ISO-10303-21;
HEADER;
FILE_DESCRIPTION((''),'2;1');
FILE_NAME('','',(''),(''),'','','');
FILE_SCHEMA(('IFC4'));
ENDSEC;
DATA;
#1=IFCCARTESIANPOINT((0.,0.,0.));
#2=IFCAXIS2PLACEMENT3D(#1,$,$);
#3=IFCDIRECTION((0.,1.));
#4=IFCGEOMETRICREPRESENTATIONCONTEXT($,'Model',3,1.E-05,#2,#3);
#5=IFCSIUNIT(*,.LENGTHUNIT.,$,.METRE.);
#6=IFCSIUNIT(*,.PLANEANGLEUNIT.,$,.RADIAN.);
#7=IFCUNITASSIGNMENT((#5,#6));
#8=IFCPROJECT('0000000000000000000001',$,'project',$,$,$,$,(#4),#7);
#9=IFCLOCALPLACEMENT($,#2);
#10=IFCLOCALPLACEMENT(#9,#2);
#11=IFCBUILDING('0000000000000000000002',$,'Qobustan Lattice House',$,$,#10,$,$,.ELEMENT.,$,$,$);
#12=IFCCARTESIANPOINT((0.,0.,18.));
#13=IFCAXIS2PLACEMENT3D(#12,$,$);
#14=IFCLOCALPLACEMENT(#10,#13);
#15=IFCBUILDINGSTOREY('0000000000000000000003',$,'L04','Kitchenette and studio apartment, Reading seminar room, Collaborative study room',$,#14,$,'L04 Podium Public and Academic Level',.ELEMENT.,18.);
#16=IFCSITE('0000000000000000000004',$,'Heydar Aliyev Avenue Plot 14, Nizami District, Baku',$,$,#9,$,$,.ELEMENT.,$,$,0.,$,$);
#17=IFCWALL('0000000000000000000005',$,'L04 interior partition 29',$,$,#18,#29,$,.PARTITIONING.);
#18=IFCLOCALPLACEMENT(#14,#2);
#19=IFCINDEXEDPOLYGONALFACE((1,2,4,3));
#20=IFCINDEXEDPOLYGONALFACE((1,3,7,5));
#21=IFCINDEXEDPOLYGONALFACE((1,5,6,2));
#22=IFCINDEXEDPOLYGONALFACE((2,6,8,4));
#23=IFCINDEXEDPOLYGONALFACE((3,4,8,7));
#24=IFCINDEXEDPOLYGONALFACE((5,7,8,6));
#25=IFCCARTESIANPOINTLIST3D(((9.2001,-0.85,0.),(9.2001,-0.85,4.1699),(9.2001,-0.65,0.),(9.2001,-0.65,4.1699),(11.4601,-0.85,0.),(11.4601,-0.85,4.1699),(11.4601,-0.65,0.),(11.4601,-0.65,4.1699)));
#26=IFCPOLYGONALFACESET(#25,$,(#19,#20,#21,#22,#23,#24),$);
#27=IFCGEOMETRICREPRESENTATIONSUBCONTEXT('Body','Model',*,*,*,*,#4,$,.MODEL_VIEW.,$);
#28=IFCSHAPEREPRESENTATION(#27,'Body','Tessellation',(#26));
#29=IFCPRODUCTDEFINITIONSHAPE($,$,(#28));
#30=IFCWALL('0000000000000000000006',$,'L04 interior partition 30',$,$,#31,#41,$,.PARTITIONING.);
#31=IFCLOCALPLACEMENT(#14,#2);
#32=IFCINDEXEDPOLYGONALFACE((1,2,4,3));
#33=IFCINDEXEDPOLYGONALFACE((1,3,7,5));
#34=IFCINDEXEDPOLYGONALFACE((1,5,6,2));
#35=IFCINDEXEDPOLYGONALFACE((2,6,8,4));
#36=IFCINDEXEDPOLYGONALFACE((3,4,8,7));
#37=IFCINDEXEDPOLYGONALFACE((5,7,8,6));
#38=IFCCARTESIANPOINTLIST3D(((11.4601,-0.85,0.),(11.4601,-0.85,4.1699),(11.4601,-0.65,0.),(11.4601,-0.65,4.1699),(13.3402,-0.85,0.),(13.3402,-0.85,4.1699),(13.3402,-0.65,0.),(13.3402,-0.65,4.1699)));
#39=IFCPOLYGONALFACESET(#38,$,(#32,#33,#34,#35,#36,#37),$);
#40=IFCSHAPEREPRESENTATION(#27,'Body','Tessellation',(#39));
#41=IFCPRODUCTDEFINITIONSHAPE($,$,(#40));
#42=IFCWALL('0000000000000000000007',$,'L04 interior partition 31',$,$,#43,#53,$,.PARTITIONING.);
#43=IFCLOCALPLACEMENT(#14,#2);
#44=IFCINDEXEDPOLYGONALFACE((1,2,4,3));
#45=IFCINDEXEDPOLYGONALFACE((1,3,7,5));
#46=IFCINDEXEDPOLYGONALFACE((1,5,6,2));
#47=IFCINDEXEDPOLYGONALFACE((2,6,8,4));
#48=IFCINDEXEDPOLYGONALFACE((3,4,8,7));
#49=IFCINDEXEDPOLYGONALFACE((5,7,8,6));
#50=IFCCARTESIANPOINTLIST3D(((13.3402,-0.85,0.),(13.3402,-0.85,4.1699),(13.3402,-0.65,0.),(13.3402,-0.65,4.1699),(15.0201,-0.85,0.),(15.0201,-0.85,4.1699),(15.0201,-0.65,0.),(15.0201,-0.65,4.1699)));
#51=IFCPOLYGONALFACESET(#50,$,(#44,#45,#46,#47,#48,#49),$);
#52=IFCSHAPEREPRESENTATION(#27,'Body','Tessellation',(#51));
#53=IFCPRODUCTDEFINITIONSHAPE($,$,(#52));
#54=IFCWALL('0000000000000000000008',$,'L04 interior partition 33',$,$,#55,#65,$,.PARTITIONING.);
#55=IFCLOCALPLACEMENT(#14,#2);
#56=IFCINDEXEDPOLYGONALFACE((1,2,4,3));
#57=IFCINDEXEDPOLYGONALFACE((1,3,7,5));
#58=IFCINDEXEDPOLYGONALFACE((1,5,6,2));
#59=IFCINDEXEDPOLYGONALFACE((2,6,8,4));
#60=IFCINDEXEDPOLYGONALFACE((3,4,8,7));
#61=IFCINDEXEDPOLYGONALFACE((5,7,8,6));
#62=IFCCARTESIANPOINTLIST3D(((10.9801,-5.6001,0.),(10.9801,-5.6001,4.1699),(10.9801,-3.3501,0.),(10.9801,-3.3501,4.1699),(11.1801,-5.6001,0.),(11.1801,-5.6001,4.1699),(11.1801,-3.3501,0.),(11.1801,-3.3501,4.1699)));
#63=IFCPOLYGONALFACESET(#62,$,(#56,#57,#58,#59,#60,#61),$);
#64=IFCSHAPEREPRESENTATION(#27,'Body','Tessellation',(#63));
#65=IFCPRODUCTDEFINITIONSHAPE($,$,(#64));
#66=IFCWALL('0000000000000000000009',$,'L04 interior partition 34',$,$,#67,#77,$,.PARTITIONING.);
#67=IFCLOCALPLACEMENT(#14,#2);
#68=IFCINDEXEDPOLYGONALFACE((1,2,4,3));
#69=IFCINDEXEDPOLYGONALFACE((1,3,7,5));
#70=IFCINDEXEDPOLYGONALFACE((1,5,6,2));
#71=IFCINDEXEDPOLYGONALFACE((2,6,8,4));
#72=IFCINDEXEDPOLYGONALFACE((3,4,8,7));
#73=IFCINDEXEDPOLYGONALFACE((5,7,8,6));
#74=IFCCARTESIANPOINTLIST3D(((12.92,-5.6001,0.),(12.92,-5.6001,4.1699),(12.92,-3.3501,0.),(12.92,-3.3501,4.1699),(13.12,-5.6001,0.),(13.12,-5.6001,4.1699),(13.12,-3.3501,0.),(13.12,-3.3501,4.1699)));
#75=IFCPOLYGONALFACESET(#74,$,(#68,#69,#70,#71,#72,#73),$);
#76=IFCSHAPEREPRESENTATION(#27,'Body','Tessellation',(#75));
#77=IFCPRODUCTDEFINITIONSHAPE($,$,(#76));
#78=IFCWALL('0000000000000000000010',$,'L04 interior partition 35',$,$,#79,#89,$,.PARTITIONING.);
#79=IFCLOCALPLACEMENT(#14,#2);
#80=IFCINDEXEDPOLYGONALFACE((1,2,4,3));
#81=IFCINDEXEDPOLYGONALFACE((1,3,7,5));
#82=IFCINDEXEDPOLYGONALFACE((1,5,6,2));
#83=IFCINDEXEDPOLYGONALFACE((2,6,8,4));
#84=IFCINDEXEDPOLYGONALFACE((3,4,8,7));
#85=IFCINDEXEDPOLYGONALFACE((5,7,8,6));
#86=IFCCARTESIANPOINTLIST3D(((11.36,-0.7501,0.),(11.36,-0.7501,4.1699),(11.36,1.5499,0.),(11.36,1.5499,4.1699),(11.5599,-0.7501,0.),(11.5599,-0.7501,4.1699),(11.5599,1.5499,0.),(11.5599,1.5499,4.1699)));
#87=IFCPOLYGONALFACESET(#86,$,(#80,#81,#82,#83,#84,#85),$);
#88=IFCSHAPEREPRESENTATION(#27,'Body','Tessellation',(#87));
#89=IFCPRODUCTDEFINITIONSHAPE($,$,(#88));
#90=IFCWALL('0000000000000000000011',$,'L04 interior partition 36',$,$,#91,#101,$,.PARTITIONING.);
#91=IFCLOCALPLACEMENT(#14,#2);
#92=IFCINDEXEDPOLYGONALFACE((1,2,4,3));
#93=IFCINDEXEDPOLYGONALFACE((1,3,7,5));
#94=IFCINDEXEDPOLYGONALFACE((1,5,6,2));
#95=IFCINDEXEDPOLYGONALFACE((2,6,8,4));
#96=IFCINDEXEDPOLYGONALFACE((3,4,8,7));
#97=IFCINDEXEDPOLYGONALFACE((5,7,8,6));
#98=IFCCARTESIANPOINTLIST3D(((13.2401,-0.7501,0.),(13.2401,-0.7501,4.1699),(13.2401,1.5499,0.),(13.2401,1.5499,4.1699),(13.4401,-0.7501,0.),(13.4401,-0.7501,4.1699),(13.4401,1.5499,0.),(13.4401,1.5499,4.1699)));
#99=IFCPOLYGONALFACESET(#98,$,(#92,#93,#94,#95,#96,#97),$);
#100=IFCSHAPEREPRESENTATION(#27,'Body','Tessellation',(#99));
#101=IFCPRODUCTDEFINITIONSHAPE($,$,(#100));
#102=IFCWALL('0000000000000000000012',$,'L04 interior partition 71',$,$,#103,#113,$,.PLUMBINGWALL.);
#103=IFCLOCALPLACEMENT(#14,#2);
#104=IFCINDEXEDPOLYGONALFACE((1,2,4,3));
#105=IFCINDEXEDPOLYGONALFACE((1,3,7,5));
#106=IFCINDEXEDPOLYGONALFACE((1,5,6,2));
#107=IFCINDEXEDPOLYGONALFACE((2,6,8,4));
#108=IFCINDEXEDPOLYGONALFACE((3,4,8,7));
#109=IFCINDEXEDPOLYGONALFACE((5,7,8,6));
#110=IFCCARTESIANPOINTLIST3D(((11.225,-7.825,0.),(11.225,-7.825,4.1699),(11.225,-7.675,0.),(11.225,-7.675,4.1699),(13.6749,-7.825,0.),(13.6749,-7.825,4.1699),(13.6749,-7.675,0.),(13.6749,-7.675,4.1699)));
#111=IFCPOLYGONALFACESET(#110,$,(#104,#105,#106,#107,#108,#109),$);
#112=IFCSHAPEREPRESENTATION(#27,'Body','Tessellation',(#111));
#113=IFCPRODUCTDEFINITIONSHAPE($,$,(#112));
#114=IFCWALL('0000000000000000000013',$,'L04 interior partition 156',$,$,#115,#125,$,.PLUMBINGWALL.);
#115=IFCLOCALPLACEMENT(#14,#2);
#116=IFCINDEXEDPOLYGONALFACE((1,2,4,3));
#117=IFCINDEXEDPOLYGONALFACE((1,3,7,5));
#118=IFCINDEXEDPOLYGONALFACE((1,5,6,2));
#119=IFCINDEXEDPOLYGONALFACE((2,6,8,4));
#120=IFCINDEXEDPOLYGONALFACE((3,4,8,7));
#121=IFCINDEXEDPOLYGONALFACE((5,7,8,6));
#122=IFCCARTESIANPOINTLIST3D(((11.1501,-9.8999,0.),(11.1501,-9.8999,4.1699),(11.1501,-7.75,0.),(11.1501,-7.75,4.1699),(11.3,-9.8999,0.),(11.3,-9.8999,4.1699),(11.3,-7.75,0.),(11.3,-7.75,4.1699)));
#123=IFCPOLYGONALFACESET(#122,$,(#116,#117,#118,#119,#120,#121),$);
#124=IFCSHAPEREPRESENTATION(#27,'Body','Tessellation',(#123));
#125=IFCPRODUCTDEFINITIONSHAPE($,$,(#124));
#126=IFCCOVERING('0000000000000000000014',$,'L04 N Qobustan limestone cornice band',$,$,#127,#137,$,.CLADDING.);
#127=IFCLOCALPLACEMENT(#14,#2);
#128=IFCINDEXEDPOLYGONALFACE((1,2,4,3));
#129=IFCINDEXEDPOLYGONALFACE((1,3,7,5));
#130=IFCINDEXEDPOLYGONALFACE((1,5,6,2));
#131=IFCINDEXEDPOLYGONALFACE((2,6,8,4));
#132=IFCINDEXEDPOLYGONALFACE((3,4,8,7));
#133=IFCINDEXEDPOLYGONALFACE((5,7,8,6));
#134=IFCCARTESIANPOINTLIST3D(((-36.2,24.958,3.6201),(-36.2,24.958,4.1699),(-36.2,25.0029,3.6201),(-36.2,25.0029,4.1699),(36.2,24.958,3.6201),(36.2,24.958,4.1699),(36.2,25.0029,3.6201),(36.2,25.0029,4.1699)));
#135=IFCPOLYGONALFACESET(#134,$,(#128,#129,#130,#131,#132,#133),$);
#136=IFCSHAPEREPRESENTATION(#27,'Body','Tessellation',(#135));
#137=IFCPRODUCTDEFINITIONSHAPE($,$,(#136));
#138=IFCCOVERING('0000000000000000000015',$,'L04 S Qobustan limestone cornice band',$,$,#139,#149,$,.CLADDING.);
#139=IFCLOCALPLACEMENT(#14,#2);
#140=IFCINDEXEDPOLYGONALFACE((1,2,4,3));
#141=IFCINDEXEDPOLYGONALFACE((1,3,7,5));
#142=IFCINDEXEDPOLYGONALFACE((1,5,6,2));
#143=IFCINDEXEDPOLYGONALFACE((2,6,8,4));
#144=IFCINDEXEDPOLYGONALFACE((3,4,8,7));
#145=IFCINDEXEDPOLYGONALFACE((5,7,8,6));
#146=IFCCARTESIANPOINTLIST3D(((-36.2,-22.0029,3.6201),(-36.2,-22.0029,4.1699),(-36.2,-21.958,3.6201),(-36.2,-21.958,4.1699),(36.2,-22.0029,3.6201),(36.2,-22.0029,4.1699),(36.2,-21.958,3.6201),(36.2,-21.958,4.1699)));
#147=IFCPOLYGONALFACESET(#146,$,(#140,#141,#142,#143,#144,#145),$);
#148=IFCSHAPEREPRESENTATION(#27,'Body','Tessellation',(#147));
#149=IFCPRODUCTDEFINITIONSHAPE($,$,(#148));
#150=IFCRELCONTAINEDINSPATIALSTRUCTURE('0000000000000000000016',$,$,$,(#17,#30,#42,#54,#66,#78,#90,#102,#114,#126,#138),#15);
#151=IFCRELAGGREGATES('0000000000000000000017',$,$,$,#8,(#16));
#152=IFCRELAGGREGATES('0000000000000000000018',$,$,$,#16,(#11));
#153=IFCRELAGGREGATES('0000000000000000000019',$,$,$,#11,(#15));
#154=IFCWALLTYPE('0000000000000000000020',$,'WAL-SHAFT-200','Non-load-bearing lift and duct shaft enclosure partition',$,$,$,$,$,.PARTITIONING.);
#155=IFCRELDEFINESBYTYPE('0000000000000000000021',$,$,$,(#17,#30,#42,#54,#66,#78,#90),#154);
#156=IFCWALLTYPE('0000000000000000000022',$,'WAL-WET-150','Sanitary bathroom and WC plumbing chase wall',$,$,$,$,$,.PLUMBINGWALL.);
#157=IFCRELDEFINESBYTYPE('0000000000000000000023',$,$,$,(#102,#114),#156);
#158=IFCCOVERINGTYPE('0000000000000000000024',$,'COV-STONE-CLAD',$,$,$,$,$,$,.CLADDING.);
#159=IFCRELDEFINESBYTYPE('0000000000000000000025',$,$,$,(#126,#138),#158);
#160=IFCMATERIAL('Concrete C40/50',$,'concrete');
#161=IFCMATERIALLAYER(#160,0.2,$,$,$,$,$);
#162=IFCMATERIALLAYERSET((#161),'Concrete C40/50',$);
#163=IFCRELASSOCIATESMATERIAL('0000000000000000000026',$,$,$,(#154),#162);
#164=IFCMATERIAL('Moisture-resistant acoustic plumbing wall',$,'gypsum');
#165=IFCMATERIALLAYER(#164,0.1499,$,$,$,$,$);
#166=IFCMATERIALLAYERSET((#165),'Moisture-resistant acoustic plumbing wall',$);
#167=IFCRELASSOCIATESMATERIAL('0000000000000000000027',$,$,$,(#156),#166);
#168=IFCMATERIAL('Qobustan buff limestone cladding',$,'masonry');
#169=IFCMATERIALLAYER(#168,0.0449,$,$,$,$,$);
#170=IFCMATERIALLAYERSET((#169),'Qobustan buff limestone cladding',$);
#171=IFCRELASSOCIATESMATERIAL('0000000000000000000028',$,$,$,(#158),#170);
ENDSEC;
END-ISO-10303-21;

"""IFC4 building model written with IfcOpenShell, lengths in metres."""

from ifc_helpers import new_model, si_unit, direction, frame, frame_2d, origin, place, context, subcontext, project, spatial, polyline, rectangle, outline, extrude, material, layer, layer_set, type_object, element, save


model = new_model("IFC4")

# Units and contexts
model_context = context("Model", 3, precision=1e-05, world=origin(), true_north=direction((0.0, 1.0)))
body_context = subcontext(model_context, "Body", "Model", "MODEL_VIEW")
ifc_project = project(units=[si_unit("LENGTHUNIT", "METRE"), si_unit("PLANEANGLEUNIT", "RADIAN")], contexts=[model_context])

# Site, building, storey
site_placement = place(None, origin())
site = spatial("IfcSite", under=ifc_project, at=site_placement, Name="Heydar Aliyev Avenue Plot 14, Nizami District, Baku", CompositionType="ELEMENT", RefElevation=0.0)
building_placement = place(site_placement, origin())
building = spatial("IfcBuilding", under=site, at=building_placement, Name="Qobustan Lattice House", CompositionType="ELEMENT")
storey_placement = place(building_placement, frame((0.0, 0.0, 18.0)))
storey = spatial("IfcBuildingStorey", under=building, at=storey_placement, Name="L04", Description="Kitchenette and studio apartment, Reading seminar room, Collaborative study room", LongName="L04 Podium Public and Academic Level", CompositionType="ELEMENT", Elevation=18.0)

# Walls
ifc_material_1 = material(Name="Concrete C40/50", Category="concrete")
ifc_layer_1 = layer(ifc_material_1, 0.2)
ifc_layer_set_1 = layer_set([ifc_layer_1], Name="Concrete C40/50")
wall_type_1 = type_object("IfcWallType", Name="WAL-SHAFT-200", Description="Non-load-bearing lift and duct shaft enclosure partition", PredefinedType="PARTITIONING", material=ifc_layer_set_1)
wall_1_placement = place(storey_placement, frame((11.46, -0.75, 0.0), z_axis=(0.0, 0.0, 1.0), x_axis=(-1.0, 0.0, 0.0)))
element("IfcWall", 1, at=wall_1_placement, inside=storey, type_object=wall_type_1, Name="L04 interior partition 29", PredefinedType="PARTITIONING", context=body_context, shape_type="SweptSolid", body=[
    extrude(rectangle(XDim=2.26, YDim=0.2, at=frame_2d((1.1299, 0.0))), origin(), (0.0, 0.0, 1.0), 4.1699),
])
wall_2_placement = place(storey_placement, frame((13.3401, -0.75, 0.0), z_axis=(0.0, 0.0, 1.0), x_axis=(-1.0, 0.0, 0.0)))
element("IfcWall", 2, at=wall_2_placement, inside=storey, type_object=wall_type_1, Name="L04 interior partition 30", PredefinedType="PARTITIONING", context=body_context, shape_type="SweptSolid", body=[
    extrude(rectangle(XDim=1.8801, YDim=0.2, at=frame_2d((0.9399, 0.0))), origin(), (0.0, 0.0, 1.0), 4.1699),
])
wall_3_placement = place(storey_placement, frame((15.02, -0.75, 0.0), z_axis=(0.0, 0.0, 1.0), x_axis=(-1.0, 0.0, 0.0)))
element("IfcWall", 3, at=wall_3_placement, inside=storey, type_object=wall_type_1, Name="L04 interior partition 31", PredefinedType="PARTITIONING", context=body_context, shape_type="SweptSolid", body=[
    extrude(rectangle(XDim=1.6799, YDim=0.2, at=frame_2d((0.8398, 0.0))), origin(), (0.0, 0.0, 1.0), 4.1699),
])
for number, where, z_axis, x_axis, name in (
    (4, (11.0801, -5.6001, 0.0), (0.0, 0.0, 1.0), (0.0, 1.0, 0.0), "L04 interior partition 33"),
    (5, (13.02, -5.6001, 0.0), (0.0, 0.0, 1.0), (0.0, 1.0, 0.0), "L04 interior partition 34"),
):
    element("IfcWall", number, at=place(storey_placement, frame(where, z_axis=z_axis, x_axis=x_axis)), inside=storey, type_object=wall_type_1, Name=name, PredefinedType="PARTITIONING", context=body_context, shape_type="SweptSolid", body=[
        extrude(rectangle(XDim=2.25, YDim=0.2, at=frame_2d((1.125, 0.0))), origin(), (0.0, 0.0, 1.0), 4.1699),
    ])
for number, where, z_axis, x_axis, name in (
    (6, (11.46, -0.75, 0.0), (0.0, 0.0, 1.0), (0.0, 1.0, 0.0), "L04 interior partition 35"),
    (7, (13.3401, -0.75, 0.0), (0.0, 0.0, 1.0), (0.0, 1.0, 0.0), "L04 interior partition 36"),
):
    element("IfcWall", number, at=place(storey_placement, frame(where, z_axis=z_axis, x_axis=x_axis)), inside=storey, type_object=wall_type_1, Name=name, PredefinedType="PARTITIONING", context=body_context, shape_type="SweptSolid", body=[
        extrude(rectangle(XDim=2.3, YDim=0.2, at=frame_2d((1.1499, 0.0))), origin(), (0.0, 0.0, 1.0), 4.1699),
    ])
ifc_material_2 = material(Name="Moisture-resistant acoustic plumbing wall", Category="gypsum")
ifc_layer_2 = layer(ifc_material_2, 0.1499)
ifc_layer_set_2 = layer_set([ifc_layer_2], Name="Moisture-resistant acoustic plumbing wall")
wall_type_2 = type_object("IfcWallType", Name="WAL-WET-150", Description="Sanitary bathroom and WC plumbing chase wall", PredefinedType="PLUMBINGWALL", material=ifc_layer_set_2)
wall_4_placement = place(storey_placement, frame((13.675, -7.75, 0.0), z_axis=(0.0, 0.0, 1.0), x_axis=(-1.0, 0.0, 0.0)))
element("IfcWall", 8, at=wall_4_placement, inside=storey, type_object=wall_type_2, Name="L04 interior partition 71", PredefinedType="PLUMBINGWALL", context=body_context, shape_type="SweptSolid", body=[
    extrude(rectangle(XDim=2.45, YDim=0.1499, at=frame_2d((1.2251, 0.0))), origin(), (0.0, 0.0, 1.0), 4.1699),
])
wall_5_placement = place(storey_placement, frame((11.2251, -7.75, 0.0), z_axis=(0.0, 0.0, 1.0), x_axis=(0.0, -1.0, 0.0)))
element("IfcWall", 9, at=wall_5_placement, inside=storey, type_object=wall_type_2, Name="L04 interior partition 156", PredefinedType="PLUMBINGWALL", context=body_context, shape_type="SweptSolid", body=[
    extrude(rectangle(XDim=2.1499, YDim=0.1499, at=frame_2d((1.075, 0.0))), origin(), (0.0, 0.0, 1.0), 4.1699),
])

# Coverings
ifc_material_3 = material(Name="Qobustan buff limestone cladding", Category="masonry")
ifc_layer_3 = layer(ifc_material_3, 0.0449)
ifc_layer_set_3 = layer_set([ifc_layer_3], Name="Qobustan buff limestone cladding")
covering_type = type_object("IfcCoveringType", Name="COV-STONE-CLAD", PredefinedType="CLADDING", material=ifc_layer_set_3)
covering_1_placement = place(storey_placement, frame((0.0, 0.0, 3.6201)))
element("IfcCovering", 10, at=covering_1_placement, inside=storey, type_object=covering_type, Name="L04 N Qobustan limestone cornice band", PredefinedType="CLADDING", context=body_context, shape_type="SweptSolid", body=[
    extrude(outline(polyline([(-36.2, 24.958), (-36.2, 25.0029), (36.2, 25.0029), (36.2, 24.958), (-36.2, 24.958)])), origin(), (0.0, 0.0, 1.0), 0.5498),
])
covering_2_placement = place(storey_placement, frame((0.0, 0.0, 3.6201)))
element("IfcCovering", 11, at=covering_2_placement, inside=storey, type_object=covering_type, Name="L04 S Qobustan limestone cornice band", PredefinedType="CLADDING", context=body_context, shape_type="SweptSolid", body=[
    extrude(outline(polyline([(36.2, -21.958), (36.2, -22.0029), (-36.2, -22.0029), (-36.2, -21.958), (36.2, -21.958)])), origin(), (0.0, 0.0, 1.0), 0.5498),
])

save(model, "model.ifc")
